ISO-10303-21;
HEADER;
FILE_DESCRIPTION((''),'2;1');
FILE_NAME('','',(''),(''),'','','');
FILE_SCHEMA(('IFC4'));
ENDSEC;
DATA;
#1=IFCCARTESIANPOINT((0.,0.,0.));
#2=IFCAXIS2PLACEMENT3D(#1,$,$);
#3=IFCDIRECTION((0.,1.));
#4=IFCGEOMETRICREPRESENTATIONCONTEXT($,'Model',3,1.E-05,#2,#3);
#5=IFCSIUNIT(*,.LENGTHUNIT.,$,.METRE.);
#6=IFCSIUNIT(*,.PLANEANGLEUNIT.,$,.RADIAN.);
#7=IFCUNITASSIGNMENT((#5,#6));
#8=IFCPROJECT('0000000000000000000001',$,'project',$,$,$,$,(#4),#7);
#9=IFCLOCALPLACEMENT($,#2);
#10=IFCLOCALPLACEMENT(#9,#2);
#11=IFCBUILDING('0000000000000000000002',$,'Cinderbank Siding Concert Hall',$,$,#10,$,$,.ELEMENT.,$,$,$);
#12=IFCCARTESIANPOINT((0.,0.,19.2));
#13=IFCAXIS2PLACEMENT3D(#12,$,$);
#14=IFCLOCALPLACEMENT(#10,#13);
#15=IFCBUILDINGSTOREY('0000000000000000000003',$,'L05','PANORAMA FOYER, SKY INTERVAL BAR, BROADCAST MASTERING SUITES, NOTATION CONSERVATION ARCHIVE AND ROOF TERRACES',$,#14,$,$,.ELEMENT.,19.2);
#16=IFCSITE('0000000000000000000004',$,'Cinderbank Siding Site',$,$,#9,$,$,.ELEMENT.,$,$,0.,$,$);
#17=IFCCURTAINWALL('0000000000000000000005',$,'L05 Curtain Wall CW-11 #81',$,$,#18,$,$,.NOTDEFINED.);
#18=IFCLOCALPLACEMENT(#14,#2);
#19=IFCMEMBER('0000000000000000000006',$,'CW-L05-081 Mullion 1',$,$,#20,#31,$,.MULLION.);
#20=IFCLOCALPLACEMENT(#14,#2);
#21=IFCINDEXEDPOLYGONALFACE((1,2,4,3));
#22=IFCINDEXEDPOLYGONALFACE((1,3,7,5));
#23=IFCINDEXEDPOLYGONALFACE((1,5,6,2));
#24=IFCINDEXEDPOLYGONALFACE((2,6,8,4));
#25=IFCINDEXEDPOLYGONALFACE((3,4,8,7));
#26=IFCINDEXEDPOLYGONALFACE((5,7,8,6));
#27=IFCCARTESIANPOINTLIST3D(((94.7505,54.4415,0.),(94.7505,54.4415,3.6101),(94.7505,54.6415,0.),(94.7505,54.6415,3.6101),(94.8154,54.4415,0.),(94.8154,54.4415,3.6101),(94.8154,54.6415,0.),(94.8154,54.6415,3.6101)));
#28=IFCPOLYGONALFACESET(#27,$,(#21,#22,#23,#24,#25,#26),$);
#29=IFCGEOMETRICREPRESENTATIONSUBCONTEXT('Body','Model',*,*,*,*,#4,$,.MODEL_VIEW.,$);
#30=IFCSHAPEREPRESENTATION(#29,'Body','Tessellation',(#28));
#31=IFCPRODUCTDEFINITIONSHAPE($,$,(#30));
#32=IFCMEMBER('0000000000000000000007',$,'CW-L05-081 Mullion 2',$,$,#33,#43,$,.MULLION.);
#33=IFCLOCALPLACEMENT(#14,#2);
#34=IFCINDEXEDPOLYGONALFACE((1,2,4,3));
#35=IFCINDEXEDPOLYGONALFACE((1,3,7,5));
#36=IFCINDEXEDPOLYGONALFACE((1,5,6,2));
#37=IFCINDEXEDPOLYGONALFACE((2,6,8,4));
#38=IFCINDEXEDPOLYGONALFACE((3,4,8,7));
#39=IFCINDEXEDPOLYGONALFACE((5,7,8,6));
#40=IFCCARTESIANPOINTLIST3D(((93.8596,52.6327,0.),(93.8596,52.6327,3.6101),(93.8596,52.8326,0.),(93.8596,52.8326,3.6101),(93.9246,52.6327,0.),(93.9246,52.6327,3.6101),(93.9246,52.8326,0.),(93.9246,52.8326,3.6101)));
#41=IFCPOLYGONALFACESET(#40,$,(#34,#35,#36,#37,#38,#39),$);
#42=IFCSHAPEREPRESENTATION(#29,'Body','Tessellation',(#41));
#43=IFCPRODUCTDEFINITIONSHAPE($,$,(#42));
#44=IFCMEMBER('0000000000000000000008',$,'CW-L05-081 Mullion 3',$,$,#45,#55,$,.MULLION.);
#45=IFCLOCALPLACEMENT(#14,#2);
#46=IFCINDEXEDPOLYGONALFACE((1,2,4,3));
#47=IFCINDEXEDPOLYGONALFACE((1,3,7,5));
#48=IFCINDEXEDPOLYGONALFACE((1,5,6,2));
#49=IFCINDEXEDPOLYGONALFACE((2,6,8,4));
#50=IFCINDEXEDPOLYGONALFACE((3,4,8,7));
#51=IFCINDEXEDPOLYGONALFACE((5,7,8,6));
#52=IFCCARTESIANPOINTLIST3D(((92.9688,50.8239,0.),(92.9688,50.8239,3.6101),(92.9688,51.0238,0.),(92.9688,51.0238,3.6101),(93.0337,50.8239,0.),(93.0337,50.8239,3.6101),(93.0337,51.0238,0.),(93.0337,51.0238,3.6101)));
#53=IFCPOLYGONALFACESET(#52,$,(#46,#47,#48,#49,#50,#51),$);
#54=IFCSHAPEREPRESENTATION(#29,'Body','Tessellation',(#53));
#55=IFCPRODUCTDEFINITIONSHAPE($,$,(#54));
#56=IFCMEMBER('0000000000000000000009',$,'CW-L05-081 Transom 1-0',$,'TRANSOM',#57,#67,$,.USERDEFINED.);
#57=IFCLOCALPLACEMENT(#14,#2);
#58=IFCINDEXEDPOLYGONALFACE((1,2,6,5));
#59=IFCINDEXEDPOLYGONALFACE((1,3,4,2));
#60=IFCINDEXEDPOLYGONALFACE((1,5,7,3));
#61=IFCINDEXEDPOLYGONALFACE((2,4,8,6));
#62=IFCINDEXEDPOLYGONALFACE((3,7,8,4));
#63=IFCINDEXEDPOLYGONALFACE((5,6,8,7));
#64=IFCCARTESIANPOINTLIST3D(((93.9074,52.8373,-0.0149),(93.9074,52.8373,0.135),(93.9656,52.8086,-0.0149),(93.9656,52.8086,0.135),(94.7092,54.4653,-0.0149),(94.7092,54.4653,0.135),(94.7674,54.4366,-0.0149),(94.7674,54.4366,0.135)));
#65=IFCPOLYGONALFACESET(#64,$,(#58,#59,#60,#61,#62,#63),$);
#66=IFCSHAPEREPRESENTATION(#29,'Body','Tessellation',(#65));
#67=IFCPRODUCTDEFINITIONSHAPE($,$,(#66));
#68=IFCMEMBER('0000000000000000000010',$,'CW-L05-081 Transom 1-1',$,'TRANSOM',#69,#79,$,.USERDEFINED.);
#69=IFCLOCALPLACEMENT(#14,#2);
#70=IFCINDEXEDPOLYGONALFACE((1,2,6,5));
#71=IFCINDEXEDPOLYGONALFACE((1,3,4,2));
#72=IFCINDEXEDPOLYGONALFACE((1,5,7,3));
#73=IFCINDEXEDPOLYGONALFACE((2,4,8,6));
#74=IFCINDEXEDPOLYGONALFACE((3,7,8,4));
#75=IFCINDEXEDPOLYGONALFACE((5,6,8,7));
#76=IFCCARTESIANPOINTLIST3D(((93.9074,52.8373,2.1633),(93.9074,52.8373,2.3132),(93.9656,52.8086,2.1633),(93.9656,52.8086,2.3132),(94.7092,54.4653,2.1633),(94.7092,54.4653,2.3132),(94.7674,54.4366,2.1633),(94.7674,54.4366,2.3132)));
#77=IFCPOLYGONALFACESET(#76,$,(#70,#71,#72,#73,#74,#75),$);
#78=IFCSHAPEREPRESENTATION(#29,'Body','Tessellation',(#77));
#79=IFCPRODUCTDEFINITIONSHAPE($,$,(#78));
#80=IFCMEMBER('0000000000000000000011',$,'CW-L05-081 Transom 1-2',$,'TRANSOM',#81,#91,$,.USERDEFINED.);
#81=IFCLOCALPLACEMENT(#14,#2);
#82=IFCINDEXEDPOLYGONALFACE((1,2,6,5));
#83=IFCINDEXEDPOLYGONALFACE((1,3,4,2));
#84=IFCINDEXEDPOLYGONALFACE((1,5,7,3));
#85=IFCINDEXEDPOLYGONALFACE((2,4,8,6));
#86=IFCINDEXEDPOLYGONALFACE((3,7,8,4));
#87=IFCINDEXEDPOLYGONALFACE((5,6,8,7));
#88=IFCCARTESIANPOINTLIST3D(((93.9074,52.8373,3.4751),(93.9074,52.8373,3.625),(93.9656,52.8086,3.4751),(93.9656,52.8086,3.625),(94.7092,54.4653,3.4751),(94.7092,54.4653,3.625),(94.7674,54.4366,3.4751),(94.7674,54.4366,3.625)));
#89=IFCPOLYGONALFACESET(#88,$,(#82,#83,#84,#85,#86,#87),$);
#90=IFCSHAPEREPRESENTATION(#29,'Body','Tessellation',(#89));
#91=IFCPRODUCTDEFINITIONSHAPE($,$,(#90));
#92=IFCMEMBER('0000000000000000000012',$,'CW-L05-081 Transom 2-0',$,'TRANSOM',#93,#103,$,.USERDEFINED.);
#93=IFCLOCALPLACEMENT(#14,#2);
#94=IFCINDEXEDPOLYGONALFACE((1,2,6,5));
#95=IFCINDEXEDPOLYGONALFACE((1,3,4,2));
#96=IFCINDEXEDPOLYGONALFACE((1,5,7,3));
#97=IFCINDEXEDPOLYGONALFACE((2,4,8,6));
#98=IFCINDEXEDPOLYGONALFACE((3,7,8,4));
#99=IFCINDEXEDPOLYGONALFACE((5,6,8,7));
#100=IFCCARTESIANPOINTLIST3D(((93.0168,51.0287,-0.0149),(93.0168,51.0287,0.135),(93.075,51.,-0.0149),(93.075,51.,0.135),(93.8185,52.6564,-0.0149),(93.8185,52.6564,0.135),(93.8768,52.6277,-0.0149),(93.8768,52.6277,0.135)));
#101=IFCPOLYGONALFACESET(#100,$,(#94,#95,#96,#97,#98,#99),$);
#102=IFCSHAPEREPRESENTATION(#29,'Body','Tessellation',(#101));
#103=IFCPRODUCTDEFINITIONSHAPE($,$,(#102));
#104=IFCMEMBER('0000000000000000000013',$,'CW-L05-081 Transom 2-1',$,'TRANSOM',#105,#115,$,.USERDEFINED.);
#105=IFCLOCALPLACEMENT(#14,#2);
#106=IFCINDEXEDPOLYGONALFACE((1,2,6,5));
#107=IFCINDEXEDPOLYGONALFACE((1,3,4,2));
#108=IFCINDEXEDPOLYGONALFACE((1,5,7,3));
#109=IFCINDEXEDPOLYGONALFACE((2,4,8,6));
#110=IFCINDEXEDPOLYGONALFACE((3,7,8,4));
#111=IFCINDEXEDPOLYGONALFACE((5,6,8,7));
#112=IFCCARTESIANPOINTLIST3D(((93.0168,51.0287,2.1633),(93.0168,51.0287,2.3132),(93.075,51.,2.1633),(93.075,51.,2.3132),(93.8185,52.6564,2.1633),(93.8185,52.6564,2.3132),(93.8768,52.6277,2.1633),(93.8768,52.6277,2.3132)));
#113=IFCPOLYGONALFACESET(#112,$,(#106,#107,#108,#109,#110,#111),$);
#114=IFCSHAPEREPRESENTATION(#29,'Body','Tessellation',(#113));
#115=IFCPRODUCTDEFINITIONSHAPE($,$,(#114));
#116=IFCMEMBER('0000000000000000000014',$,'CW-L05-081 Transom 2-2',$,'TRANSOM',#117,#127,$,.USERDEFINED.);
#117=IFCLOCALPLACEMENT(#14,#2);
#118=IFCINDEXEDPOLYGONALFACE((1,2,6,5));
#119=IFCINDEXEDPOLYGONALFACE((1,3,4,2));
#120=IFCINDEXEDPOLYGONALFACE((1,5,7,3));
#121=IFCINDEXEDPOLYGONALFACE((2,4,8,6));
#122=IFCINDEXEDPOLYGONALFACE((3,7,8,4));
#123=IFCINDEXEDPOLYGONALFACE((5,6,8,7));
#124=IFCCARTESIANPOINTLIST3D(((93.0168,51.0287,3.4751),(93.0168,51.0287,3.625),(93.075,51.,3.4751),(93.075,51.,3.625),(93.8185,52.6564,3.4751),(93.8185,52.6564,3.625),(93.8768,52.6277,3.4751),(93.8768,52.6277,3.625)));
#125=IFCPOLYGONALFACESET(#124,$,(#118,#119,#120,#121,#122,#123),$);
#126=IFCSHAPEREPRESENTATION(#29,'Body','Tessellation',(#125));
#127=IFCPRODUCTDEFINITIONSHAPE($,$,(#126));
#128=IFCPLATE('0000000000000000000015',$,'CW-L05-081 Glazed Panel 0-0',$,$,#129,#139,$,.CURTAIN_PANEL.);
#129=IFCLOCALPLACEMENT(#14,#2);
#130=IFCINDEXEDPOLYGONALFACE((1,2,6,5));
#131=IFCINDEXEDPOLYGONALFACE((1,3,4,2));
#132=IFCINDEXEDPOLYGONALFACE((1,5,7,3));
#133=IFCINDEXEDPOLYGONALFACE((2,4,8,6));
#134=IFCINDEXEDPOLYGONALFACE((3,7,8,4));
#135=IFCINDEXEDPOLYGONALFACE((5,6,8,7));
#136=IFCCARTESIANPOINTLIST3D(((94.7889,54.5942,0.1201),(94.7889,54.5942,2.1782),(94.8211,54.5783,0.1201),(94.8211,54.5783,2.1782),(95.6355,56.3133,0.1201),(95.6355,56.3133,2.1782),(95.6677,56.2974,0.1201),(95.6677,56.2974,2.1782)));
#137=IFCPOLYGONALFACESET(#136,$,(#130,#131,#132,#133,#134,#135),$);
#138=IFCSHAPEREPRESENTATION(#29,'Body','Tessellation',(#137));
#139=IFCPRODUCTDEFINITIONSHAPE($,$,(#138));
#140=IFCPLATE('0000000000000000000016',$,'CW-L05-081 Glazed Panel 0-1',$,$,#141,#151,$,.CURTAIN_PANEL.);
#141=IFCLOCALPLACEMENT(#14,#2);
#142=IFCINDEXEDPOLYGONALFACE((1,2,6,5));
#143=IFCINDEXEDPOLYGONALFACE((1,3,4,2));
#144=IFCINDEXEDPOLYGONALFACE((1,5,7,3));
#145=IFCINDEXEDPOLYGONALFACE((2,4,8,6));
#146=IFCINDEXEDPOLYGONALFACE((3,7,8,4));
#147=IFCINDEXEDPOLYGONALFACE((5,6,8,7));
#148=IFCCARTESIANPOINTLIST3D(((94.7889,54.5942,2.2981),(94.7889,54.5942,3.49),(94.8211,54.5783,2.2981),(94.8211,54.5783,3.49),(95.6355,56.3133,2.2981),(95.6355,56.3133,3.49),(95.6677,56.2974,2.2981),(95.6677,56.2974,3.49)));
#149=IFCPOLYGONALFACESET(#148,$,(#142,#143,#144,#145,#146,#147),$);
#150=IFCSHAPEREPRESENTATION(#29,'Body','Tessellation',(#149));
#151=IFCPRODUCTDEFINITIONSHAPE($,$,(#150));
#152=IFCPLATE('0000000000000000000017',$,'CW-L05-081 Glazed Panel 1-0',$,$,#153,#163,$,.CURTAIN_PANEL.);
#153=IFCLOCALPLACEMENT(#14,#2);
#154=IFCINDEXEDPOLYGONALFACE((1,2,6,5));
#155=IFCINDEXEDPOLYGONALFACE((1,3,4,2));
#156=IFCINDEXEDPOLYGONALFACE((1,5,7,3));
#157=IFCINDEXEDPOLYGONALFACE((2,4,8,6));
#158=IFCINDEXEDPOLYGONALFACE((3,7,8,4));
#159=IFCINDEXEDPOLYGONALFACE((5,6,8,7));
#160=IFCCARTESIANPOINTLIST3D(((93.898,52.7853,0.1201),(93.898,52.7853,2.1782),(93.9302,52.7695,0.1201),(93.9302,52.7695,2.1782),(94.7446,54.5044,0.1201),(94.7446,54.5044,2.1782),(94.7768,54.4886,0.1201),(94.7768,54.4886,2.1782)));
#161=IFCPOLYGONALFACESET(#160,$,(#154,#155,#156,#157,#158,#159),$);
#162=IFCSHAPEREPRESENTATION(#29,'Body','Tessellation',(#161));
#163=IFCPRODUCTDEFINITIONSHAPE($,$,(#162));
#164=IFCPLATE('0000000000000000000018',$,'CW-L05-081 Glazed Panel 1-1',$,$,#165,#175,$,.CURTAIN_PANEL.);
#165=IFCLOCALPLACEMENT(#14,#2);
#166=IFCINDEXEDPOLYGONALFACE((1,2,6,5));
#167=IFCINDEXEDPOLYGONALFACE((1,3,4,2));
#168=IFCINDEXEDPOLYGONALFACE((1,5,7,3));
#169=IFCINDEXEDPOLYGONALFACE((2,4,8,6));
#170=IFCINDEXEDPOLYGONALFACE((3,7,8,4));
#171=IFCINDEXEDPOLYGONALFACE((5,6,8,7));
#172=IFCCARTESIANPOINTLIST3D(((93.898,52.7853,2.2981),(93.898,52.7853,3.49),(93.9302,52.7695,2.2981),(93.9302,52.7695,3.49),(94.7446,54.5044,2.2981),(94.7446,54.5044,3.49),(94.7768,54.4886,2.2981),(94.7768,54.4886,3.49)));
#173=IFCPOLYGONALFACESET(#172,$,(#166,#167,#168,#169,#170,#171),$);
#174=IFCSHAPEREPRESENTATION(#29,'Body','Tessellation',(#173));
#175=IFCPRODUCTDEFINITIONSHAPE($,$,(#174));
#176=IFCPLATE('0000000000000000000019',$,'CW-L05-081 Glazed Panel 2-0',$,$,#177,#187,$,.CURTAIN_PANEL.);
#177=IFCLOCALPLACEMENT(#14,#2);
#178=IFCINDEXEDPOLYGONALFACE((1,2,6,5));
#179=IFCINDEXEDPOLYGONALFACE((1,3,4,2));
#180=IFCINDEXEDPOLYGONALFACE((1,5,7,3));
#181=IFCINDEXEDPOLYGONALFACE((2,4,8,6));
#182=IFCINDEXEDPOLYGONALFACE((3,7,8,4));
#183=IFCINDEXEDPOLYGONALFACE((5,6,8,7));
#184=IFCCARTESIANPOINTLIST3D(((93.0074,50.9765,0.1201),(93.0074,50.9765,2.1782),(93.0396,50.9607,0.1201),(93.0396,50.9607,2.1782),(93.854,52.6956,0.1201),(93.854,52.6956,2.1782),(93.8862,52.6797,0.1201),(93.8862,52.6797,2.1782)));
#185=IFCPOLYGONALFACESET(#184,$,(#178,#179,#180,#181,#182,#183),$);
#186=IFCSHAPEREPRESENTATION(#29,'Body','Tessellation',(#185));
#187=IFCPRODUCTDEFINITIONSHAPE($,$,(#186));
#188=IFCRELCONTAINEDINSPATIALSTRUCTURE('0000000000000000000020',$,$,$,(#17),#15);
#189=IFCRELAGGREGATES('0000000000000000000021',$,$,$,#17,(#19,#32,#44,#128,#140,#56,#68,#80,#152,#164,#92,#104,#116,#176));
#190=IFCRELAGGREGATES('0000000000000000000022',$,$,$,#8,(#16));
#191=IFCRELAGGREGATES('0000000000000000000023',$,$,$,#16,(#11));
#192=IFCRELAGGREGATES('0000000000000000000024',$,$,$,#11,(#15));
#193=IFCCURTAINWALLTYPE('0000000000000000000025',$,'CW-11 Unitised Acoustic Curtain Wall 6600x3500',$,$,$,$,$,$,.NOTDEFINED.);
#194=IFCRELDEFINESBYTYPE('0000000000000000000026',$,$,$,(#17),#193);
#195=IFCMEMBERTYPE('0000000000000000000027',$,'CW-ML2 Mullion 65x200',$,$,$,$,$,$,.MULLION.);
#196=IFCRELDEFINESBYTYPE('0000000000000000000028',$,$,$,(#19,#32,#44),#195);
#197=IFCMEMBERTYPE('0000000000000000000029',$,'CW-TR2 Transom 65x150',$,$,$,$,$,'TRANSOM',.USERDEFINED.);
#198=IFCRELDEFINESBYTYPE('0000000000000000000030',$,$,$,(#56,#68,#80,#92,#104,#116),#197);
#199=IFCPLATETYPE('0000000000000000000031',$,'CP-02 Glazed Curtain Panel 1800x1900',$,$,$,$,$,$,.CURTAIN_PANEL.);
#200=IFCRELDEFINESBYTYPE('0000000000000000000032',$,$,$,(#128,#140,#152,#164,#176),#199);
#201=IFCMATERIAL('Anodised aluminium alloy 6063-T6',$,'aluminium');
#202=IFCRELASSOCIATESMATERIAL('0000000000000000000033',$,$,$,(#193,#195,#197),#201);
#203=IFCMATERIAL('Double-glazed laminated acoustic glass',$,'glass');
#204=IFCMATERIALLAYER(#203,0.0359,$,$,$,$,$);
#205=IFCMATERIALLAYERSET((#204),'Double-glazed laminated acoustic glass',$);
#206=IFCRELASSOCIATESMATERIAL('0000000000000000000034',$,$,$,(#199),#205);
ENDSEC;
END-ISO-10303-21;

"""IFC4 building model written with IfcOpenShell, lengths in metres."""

from ifc_helpers import new_model, si_unit, direction, frame, origin, origin_2d, place, context, subcontext, project, spatial, rectangle, extrude, material, layer, layer_set, material_profile, profile_set, type_object, element, aggregate, save


model = new_model("IFC4")

# Units and contexts
model_context = context("Model", 3, precision=1e-05, world=origin(), true_north=direction((0.0, 1.0)))
body_context = subcontext(model_context, "Body", "Model", "MODEL_VIEW")
ifc_project = project(units=[si_unit("LENGTHUNIT", "METRE"), si_unit("PLANEANGLEUNIT", "RADIAN")], contexts=[model_context])

# Site, building, storey
site_placement = place(None, origin())
site = spatial("IfcSite", under=ifc_project, at=site_placement, Name="Cinderbank Siding Site", CompositionType="ELEMENT", RefElevation=0.0)
building_placement = place(site_placement, origin())
building = spatial("IfcBuilding", under=site, at=building_placement, Name="Cinderbank Siding Concert Hall", CompositionType="ELEMENT")
storey_placement = place(building_placement, frame((0.0, 0.0, 19.2)))
storey = spatial("IfcBuildingStorey", under=building, at=storey_placement, Name="L05", Description="PANORAMA FOYER, SKY INTERVAL BAR, BROADCAST MASTERING SUITES, NOTATION CONSERVATION ARCHIVE AND ROOF TERRACES", CompositionType="ELEMENT", Elevation=19.2)

# Curtain wall, members, plates
ifc_material_1 = material(Name="Anodised aluminium alloy 6063-T6", Category="aluminium")
curtain_wall_type = type_object("IfcCurtainWallType", Name="CW-11 Unitised Acoustic Curtain Wall 6600x3500", PredefinedType="NOTDEFINED", material=ifc_material_1)
curtain_wall_placement = place(storey_placement, origin())
curtain_wall = element("IfcCurtainWall", 1, at=curtain_wall_placement, inside=storey, type_object=curtain_wall_type, Name="L05 Curtain Wall CW-11 #81", PredefinedType="NOTDEFINED")
ifc_material_profile_1 = material_profile(ifc_material_1, rectangle(XDim=0.0649, YDim=0.2, at=origin_2d()), Name="ALU-MULL-65x200", Category="LoadBearing")
ifc_profile_set_1 = profile_set([ifc_material_profile_1], Name="Anodised aluminium alloy 6063-T6")
member_type_1 = type_object("IfcMemberType", Name="CW-ML2 Mullion 65x200", PredefinedType="MULLION", material=ifc_profile_set_1)
member_1_placement = place(storey_placement, frame((94.783, 54.5415, 0.0), z_axis=(0.0, 0.0, 1.0), x_axis=(1.0, 0.0, 0.0)))
member_1 = element("IfcMember", 2, at=member_1_placement, type_object=member_type_1, Name="CW-L05-081 Mullion 1", PredefinedType="MULLION", context=body_context, shape_type="SweptSolid", body=[
    extrude(rectangle(XDim=0.0649, YDim=0.2, at=origin_2d()), origin(), (0.0, 0.0, 1.0), 3.6101),
])
member_2_placement = place(storey_placement, frame((93.8921, 52.7327, 0.0), z_axis=(0.0, 0.0, 1.0), x_axis=(1.0, 0.0, 0.0)))
member_2 = element("IfcMember", 3, at=member_2_placement, type_object=member_type_1, Name="CW-L05-081 Mullion 2", PredefinedType="MULLION", context=body_context, shape_type="SweptSolid", body=[
    extrude(rectangle(XDim=0.0649, YDim=0.2, at=origin_2d()), origin(), (0.0, 0.0, 1.0), 3.6101),
])
member_3_placement = place(storey_placement, frame((93.0012, 50.9238, 0.0), z_axis=(0.0, 0.0, 1.0), x_axis=(1.0, 0.0, 0.0)))
member_3 = element("IfcMember", 4, at=member_3_placement, type_object=member_type_1, Name="CW-L05-081 Mullion 3", PredefinedType="MULLION", context=body_context, shape_type="SweptSolid", body=[
    extrude(rectangle(XDim=0.0649, YDim=0.2, at=origin_2d()), origin(), (0.0, 0.0, 1.0), 3.6101),
])
ifc_material_profile_2 = material_profile(ifc_material_1, rectangle(XDim=0.0649, YDim=0.1499, at=origin_2d()), Name="ALU-TRAN-65x150", Category="LoadBearing")
ifc_profile_set_2 = profile_set([ifc_material_profile_2], Name="Anodised aluminium alloy 6063-T6")
member_type_2 = type_object("IfcMemberType", Name="CW-TR2 Transom 65x150", ElementType="TRANSOM", PredefinedType="USERDEFINED", material=ifc_profile_set_2)
member_4_placement = place(storey_placement, frame((94.7383, 54.4509, 0.0601), z_axis=(-0.441824, -0.897102, 0.0), x_axis=(0.897102, -0.441824, 0.0)))
member_4 = element("IfcMember", 5, at=member_4_placement, type_object=member_type_2, Name="CW-L05-081 Transom 1-0", ObjectType="TRANSOM", PredefinedType="USERDEFINED", context=body_context, shape_type="SweptSolid", body=[
    extrude(rectangle(XDim=0.0649, YDim=0.1499, at=origin_2d()), origin(), (0.0, 0.0, 1.0), 1.8147),
])
member_5_placement = place(storey_placement, frame((94.7383, 54.4509, 2.2383), z_axis=(-0.441824, -0.897102, 0.0), x_axis=(0.897102, -0.441824, 0.0)))
member_5 = element("IfcMember", 6, at=member_5_placement, type_object=member_type_2, Name="CW-L05-081 Transom 1-1", ObjectType="TRANSOM", PredefinedType="USERDEFINED", context=body_context, shape_type="SweptSolid", body=[
    extrude(rectangle(XDim=0.0649, YDim=0.1499, at=origin_2d()), origin(), (0.0, 0.0, 1.0), 1.8147),
])
member_6_placement = place(storey_placement, frame((94.7383, 54.4509, 3.55), z_axis=(-0.441824, -0.897102, 0.0), x_axis=(0.897102, -0.441824, 0.0)))
member_6 = element("IfcMember", 7, at=member_6_placement, type_object=member_type_2, Name="CW-L05-081 Transom 1-2", ObjectType="TRANSOM", PredefinedType="USERDEFINED", context=body_context, shape_type="SweptSolid", body=[
    extrude(rectangle(XDim=0.0649, YDim=0.1499, at=origin_2d()), origin(), (0.0, 0.0, 1.0), 1.8147),
])
member_7_placement = place(storey_placement, frame((93.8477, 52.6421, 0.0601), z_axis=(-0.441877, -0.897076, 0.0), x_axis=(0.897076, -0.441877, 0.0)))
member_7 = element("IfcMember", 8, at=member_7_placement, type_object=member_type_2, Name="CW-L05-081 Transom 2-0", ObjectType="TRANSOM", PredefinedType="USERDEFINED", context=body_context, shape_type="SweptSolid", body=[
    extrude(rectangle(XDim=0.0649, YDim=0.1499, at=origin_2d()), origin(), (0.0, 0.0, 1.0), 1.8145),
])
member_8_placement = place(storey_placement, frame((93.8477, 52.6421, 2.2383), z_axis=(-0.441877, -0.897076, 0.0), x_axis=(0.897076, -0.441877, 0.0)))
member_8 = element("IfcMember", 9, at=member_8_placement, type_object=member_type_2, Name="CW-L05-081 Transom 2-1", ObjectType="TRANSOM", PredefinedType="USERDEFINED", context=body_context, shape_type="SweptSolid", body=[
    extrude(rectangle(XDim=0.0649, YDim=0.1499, at=origin_2d()), origin(), (0.0, 0.0, 1.0), 1.8145),
])
member_9_placement = place(storey_placement, frame((93.8477, 52.6421, 3.55), z_axis=(-0.441877, -0.897076, 0.0), x_axis=(0.897076, -0.441877, 0.0)))
member_9 = element("IfcMember", 10, at=member_9_placement, type_object=member_type_2, Name="CW-L05-081 Transom 2-2", ObjectType="TRANSOM", PredefinedType="USERDEFINED", context=body_context, shape_type="SweptSolid", body=[
    extrude(rectangle(XDim=0.0649, YDim=0.1499, at=origin_2d()), origin(), (0.0, 0.0, 1.0), 1.8145),
])
ifc_material_2 = material(Name="Double-glazed laminated acoustic glass", Category="glass")
ifc_layer_1 = layer(ifc_material_2, 0.0359)
ifc_layer_set_1 = layer_set([ifc_layer_1], Name="Double-glazed laminated acoustic glass")
plate_type = type_object("IfcPlateType", Name="CP-02 Glazed Curtain Panel 1800x1900", PredefinedType="CURTAIN_PANEL", material=ifc_layer_set_1)
plate_1_placement = place(storey_placement, frame((95.2283, 55.4458, 0.1201), z_axis=(0.0, 0.0, 1.0), x_axis=(-0.441816, -0.897105, 0.0)))
plate_1 = element("IfcPlate", 11, at=plate_1_placement, type_object=plate_type, Name="CW-L05-081 Glazed Panel 0-0", PredefinedType="CURTAIN_PANEL", context=body_context, shape_type="SweptSolid", body=[
    extrude(rectangle(XDim=1.9163, YDim=0.0359, at=origin_2d()), origin(), (0.0, 0.0, 1.0), 2.0581),
])
plate_2_placement = place(storey_placement, frame((95.2283, 55.4458, 2.2981), z_axis=(0.0, 0.0, 1.0), x_axis=(-0.441816, -0.897105, 0.0)))
plate_2 = element("IfcPlate", 12, at=plate_2_placement, type_object=plate_type, Name="CW-L05-081 Glazed Panel 0-1", PredefinedType="CURTAIN_PANEL", context=body_context, shape_type="SweptSolid", body=[
    extrude(rectangle(XDim=1.9163, YDim=0.0359, at=origin_2d()), origin(), (0.0, 0.0, 1.0), 1.1919),
])
plate_3_placement = place(storey_placement, frame((94.3374, 53.637, 0.1201), z_axis=(0.0, 0.0, 1.0), x_axis=(-0.441816, -0.897105, 0.0)))
plate_3 = element("IfcPlate", 13, at=plate_3_placement, type_object=plate_type, Name="CW-L05-081 Glazed Panel 1-0", PredefinedType="CURTAIN_PANEL", context=body_context, shape_type="SweptSolid", body=[
    extrude(rectangle(XDim=1.9163, YDim=0.0359, at=origin_2d()), origin(), (0.0, 0.0, 1.0), 2.0581),
])
plate_4_placement = place(storey_placement, frame((94.3374, 53.637, 2.2981), z_axis=(0.0, 0.0, 1.0), x_axis=(-0.441816, -0.897105, 0.0)))
plate_4 = element("IfcPlate", 14, at=plate_4_placement, type_object=plate_type, Name="CW-L05-081 Glazed Panel 1-1", PredefinedType="CURTAIN_PANEL", context=body_context, shape_type="SweptSolid", body=[
    extrude(rectangle(XDim=1.9163, YDim=0.0359, at=origin_2d()), origin(), (0.0, 0.0, 1.0), 1.1919),
])
plate_5_placement = place(storey_placement, frame((93.4468, 51.8281, 0.1201), z_axis=(0.0, 0.0, 1.0), x_axis=(-0.441816, -0.897105, 0.0)))
plate_5 = element("IfcPlate", 15, at=plate_5_placement, type_object=plate_type, Name="CW-L05-081 Glazed Panel 2-0", PredefinedType="CURTAIN_PANEL", context=body_context, shape_type="SweptSolid", body=[
    extrude(rectangle(XDim=1.9163, YDim=0.0359, at=origin_2d()), origin(), (0.0, 0.0, 1.0), 2.0581),
])
aggregate(curtain_wall, [member_1, member_2, member_3, plate_1, plate_2, member_4, member_5, member_6, plate_3, plate_4, member_7, member_8, member_9, plate_5])

save(model, "model.ifc")
